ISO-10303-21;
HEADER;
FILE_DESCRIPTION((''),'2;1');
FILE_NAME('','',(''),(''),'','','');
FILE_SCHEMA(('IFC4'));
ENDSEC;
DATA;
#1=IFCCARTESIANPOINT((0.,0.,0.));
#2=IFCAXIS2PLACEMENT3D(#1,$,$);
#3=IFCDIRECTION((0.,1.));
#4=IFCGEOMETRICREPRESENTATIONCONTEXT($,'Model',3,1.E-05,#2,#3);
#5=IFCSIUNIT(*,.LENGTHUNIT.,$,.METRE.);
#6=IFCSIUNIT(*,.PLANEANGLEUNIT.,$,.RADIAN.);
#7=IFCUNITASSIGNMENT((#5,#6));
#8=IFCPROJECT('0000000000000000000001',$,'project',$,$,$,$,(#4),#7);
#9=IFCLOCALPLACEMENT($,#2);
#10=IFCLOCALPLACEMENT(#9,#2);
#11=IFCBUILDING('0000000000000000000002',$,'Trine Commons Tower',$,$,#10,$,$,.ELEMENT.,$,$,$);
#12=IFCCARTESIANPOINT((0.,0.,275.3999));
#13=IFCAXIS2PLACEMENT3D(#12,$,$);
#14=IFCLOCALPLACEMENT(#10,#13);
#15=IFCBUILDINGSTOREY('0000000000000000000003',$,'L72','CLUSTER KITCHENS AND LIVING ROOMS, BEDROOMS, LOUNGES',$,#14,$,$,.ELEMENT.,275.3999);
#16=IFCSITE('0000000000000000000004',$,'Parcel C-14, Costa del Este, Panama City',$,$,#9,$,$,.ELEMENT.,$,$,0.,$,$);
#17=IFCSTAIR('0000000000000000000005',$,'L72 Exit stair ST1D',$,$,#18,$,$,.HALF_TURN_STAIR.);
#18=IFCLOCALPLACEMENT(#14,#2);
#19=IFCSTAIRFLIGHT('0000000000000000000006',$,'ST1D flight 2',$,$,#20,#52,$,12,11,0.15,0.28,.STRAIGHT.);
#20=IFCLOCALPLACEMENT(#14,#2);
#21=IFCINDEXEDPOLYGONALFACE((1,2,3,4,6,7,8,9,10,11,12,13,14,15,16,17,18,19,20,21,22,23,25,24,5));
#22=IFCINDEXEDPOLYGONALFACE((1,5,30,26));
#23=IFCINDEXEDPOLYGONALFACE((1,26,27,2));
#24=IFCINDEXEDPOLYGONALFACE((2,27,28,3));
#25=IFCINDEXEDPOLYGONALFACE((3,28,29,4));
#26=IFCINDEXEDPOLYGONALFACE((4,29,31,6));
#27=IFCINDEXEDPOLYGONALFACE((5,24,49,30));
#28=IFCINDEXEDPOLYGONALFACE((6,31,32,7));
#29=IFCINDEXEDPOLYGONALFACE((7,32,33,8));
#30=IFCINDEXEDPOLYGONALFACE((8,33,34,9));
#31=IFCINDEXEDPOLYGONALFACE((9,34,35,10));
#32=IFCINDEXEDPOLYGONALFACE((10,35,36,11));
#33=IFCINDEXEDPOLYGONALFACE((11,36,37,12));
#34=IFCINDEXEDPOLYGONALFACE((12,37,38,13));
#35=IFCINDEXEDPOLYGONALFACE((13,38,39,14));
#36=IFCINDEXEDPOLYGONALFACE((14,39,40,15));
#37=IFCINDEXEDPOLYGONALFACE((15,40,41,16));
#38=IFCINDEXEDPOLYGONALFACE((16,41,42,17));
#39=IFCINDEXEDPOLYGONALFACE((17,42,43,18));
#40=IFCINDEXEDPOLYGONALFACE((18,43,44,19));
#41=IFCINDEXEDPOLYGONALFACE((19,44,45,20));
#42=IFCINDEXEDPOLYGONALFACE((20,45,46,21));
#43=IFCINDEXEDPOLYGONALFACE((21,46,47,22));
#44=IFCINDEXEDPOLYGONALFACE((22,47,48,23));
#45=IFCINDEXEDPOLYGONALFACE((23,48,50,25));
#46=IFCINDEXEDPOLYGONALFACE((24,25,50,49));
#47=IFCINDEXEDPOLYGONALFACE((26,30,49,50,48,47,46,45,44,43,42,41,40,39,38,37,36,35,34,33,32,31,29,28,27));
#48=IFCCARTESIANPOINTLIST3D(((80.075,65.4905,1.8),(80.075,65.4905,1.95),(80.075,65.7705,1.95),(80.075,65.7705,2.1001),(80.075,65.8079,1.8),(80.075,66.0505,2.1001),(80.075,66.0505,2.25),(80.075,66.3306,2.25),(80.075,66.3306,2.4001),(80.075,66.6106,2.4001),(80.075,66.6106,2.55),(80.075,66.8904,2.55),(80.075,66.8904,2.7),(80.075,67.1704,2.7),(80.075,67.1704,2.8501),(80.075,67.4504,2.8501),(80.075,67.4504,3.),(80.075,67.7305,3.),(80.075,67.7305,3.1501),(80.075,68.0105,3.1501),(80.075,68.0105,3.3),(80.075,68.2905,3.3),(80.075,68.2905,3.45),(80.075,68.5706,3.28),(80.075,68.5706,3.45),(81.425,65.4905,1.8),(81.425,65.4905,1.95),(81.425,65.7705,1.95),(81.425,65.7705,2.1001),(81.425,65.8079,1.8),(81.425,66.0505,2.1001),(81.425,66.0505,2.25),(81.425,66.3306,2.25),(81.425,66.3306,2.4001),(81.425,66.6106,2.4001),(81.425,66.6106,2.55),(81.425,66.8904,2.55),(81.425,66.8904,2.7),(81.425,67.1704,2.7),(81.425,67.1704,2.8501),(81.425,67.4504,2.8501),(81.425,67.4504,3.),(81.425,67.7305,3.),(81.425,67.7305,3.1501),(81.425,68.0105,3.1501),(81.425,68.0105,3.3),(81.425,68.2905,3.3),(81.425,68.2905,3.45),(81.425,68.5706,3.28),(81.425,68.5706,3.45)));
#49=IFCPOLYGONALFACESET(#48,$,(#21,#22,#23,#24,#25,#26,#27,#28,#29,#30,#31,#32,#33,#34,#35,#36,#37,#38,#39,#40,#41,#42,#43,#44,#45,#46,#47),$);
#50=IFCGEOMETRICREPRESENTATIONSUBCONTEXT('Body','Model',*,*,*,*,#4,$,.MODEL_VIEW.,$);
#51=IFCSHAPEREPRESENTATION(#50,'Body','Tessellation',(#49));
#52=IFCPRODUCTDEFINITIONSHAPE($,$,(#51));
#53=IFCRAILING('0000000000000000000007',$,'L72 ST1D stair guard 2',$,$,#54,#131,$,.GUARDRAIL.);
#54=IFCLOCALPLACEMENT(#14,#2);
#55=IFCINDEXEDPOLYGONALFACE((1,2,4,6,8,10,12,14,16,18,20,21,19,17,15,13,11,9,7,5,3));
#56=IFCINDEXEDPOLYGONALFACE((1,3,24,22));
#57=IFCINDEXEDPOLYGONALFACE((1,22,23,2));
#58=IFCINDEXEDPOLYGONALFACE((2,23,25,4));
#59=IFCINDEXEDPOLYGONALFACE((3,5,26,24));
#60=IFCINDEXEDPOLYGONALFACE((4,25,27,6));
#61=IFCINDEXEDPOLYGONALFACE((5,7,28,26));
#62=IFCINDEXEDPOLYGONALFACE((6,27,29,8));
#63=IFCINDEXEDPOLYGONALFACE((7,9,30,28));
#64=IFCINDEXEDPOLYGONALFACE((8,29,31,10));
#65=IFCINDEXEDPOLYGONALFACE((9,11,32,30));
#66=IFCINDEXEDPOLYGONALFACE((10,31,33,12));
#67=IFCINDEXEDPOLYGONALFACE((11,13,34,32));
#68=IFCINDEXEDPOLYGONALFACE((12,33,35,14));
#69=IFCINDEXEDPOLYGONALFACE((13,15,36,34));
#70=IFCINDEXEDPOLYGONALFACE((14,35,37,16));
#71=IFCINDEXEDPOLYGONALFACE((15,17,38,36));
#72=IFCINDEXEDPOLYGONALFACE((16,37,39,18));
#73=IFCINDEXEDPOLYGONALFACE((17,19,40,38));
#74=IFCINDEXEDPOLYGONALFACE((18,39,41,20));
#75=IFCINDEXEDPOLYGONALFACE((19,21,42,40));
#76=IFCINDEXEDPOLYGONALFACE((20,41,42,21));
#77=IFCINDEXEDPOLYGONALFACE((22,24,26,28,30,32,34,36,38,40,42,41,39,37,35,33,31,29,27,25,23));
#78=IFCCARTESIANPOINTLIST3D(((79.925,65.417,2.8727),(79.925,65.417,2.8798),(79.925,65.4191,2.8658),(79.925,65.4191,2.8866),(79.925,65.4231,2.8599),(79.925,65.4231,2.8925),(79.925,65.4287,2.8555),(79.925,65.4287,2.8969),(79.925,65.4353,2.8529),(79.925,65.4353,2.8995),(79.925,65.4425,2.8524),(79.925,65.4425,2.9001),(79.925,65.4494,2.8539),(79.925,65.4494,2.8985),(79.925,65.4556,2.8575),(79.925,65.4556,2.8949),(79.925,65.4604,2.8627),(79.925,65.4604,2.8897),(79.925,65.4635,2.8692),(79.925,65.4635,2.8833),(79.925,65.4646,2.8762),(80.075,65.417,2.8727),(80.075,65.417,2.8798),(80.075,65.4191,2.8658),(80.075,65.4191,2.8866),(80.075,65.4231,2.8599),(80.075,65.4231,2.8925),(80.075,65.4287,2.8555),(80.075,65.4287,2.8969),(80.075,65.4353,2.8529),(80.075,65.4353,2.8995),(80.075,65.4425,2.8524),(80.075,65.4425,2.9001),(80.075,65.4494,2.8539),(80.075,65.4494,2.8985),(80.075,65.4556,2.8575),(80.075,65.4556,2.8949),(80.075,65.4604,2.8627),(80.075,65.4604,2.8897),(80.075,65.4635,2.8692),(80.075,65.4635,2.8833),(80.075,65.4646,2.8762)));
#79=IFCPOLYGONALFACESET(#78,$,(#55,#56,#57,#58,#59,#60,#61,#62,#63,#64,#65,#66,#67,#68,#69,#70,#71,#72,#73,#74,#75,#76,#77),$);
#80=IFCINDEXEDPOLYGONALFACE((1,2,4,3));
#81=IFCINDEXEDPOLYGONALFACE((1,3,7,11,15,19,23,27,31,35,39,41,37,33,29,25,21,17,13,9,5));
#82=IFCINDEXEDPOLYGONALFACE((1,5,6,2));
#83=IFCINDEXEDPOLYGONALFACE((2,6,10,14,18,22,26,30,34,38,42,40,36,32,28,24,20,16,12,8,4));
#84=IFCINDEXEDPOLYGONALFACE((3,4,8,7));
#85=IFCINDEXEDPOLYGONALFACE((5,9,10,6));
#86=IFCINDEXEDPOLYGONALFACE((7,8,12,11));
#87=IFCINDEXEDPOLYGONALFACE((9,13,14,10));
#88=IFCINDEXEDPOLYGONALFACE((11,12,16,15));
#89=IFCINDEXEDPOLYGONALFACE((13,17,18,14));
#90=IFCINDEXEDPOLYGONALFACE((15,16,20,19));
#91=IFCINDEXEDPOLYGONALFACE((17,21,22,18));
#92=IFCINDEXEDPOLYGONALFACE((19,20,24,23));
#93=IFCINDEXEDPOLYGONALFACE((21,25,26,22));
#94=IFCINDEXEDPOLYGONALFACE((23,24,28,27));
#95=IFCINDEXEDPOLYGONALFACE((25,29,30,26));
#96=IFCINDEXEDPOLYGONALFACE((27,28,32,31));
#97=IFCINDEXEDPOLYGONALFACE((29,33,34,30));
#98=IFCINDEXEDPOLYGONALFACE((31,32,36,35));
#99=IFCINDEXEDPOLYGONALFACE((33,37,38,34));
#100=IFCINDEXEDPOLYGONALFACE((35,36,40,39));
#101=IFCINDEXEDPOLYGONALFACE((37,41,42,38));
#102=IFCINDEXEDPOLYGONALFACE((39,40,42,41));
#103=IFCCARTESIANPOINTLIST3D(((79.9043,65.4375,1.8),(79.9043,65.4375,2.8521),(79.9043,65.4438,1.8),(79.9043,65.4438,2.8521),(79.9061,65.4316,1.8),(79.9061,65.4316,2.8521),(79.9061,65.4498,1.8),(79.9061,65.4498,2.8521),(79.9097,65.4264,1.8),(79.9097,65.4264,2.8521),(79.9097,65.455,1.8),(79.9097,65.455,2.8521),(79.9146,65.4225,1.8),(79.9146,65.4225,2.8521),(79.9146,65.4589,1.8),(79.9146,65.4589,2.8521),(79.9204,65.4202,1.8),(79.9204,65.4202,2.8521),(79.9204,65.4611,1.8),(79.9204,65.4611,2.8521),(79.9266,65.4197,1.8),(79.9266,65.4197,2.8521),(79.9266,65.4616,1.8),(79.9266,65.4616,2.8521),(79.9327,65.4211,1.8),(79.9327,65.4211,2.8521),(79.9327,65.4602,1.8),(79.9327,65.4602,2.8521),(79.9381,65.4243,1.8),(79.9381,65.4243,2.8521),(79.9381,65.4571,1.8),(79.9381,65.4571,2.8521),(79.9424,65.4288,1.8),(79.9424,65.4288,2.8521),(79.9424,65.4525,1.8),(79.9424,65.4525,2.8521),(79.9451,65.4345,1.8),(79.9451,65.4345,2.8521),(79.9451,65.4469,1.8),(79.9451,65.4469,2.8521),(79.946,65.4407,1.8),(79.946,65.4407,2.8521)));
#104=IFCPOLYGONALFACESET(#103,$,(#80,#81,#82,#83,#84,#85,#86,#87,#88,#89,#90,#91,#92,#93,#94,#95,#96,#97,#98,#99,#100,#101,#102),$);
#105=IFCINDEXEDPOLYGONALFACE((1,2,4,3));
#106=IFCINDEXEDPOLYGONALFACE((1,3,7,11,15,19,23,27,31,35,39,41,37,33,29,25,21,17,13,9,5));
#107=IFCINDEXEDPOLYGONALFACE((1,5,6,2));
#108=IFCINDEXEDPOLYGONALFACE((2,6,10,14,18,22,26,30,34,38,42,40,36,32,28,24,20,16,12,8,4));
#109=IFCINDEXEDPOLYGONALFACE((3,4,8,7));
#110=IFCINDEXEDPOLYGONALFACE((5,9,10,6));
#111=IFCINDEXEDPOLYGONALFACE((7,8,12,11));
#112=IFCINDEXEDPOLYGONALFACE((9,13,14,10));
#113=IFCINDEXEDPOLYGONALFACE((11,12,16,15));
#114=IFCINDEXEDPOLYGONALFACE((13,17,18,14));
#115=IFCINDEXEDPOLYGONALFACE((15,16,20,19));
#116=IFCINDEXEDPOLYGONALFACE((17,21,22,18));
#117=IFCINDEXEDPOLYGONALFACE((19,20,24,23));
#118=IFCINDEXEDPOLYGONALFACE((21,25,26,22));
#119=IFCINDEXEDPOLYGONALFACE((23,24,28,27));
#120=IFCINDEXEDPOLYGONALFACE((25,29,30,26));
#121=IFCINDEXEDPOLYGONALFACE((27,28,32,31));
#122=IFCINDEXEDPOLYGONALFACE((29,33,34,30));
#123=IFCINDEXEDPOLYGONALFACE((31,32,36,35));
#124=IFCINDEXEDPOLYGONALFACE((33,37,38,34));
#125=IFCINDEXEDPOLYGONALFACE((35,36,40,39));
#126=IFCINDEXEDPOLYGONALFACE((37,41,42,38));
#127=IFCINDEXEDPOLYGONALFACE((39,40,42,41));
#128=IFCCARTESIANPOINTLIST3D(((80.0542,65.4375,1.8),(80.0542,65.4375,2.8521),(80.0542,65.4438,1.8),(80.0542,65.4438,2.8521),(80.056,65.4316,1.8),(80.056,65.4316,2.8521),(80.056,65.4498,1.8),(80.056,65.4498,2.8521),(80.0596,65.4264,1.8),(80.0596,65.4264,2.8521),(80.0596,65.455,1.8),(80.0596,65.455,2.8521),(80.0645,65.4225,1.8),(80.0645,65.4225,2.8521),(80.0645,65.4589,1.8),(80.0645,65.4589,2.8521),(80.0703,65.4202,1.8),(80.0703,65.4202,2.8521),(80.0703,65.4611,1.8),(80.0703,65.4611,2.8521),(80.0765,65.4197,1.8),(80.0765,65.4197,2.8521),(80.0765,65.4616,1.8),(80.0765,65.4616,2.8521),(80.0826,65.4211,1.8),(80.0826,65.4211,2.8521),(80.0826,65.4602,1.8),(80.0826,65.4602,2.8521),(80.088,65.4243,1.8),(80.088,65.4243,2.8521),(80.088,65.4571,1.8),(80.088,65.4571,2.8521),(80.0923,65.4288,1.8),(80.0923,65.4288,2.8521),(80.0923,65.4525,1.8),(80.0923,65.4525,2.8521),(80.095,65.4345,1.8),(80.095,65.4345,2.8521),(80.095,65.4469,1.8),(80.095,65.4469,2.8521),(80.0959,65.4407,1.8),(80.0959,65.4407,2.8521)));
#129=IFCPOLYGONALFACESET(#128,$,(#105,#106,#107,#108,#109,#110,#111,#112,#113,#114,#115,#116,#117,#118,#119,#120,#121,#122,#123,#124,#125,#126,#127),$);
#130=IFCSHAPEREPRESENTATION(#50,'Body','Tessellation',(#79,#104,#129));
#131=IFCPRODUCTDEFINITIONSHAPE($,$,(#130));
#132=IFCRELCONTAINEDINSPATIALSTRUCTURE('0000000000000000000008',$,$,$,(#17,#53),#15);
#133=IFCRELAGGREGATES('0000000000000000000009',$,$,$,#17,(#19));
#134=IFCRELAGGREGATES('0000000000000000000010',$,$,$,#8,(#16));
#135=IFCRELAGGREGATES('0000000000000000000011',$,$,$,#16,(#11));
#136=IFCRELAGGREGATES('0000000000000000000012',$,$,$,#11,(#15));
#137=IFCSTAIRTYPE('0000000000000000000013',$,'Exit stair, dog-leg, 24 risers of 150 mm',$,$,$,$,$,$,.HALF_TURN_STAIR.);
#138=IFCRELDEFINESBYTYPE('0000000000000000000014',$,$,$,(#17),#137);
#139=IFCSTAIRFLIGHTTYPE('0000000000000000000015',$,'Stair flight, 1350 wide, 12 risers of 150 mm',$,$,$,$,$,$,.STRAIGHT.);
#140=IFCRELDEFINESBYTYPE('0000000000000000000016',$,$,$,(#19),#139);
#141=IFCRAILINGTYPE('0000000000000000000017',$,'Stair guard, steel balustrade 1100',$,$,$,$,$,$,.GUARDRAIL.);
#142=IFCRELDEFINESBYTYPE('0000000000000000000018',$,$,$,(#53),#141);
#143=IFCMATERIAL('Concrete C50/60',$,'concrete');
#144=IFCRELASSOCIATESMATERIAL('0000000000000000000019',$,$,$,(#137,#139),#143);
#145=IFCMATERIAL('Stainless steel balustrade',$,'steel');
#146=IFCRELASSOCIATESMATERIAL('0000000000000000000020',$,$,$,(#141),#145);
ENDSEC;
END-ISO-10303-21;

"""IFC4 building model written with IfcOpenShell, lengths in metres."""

from ifc_helpers import new_model, si_unit, direction, frame, origin, origin_2d, place, context, subcontext, project, spatial, polyline, circle, outline, extrude, material, type_object, element, aggregate, save


model = new_model("IFC4")

# Units and contexts
model_context = context("Model", 3, precision=1e-05, world=origin(), true_north=direction((0.0, 1.0)))
body_context = subcontext(model_context, "Body", "Model", "MODEL_VIEW")
ifc_project = project(units=[si_unit("LENGTHUNIT", "METRE"), si_unit("PLANEANGLEUNIT", "RADIAN")], contexts=[model_context])

# Site, building, storey
site_placement = place(None, origin())
site = spatial("IfcSite", under=ifc_project, at=site_placement, Name="Parcel C-14, Costa del Este, Panama City", CompositionType="ELEMENT", RefElevation=0.0)
building_placement = place(site_placement, origin())
building = spatial("IfcBuilding", under=site, at=building_placement, Name="Trine Commons Tower", CompositionType="ELEMENT")
storey_placement = place(building_placement, frame((0.0, 0.0, 275.3999)))
storey = spatial("IfcBuildingStorey", under=building, at=storey_placement, Name="L72", Description="CLUSTER KITCHENS AND LIVING ROOMS, BEDROOMS, LOUNGES", CompositionType="ELEMENT", Elevation=275.3999)

# Shared definitions
ifc_material_1 = material(Name="Concrete C50/60", Category="concrete")

# Stair, stair flight
stair_type = type_object("IfcStairType", Name="Exit stair, dog-leg, 24 risers of 150 mm", PredefinedType="HALF_TURN_STAIR", material=ifc_material_1)
stair_placement = place(storey_placement, origin())
stair = element("IfcStair", 1, at=stair_placement, inside=storey, type_object=stair_type, Name="L72 Exit stair ST1D", PredefinedType="HALF_TURN_STAIR")
stair_flight_type = type_object("IfcStairFlightType", Name="Stair flight, 1350 wide, 12 risers of 150 mm", PredefinedType="STRAIGHT", material=ifc_material_1)
stair_flight_placement = place(storey_placement, frame((80.75, 65.4905, 1.8), z_axis=(0.0, 0.0, 1.0), x_axis=(0.0, 1.0, 0.0)))
stair_flight = element("IfcStairFlight", 2, at=stair_flight_placement, type_object=stair_flight_type, Name="ST1D flight 2", NumberOfRisers=12, NumberOfTreads=11, PredefinedType="STRAIGHT", RiserHeight=0.15, TreadLength=0.28, context=body_context, shape_type="SweptSolid", body=[
    extrude(outline(polyline([(0.0, 0.0), (0.0, 0.1499), (0.28, 0.1499), (0.28, 0.3), (0.5601, 0.3), (0.5601, 0.45), (0.8401, 0.45), (0.8401, 0.6001), (1.1201, 0.6001), (1.1201, 0.75), (1.3999, 0.75), (1.3999, 0.8999), (1.6799, 0.8999), (1.6799, 1.05), (1.96, 1.05), (1.96, 1.2), (2.24, 1.2), (2.24, 1.3501), (2.52, 1.3501), (2.52, 1.5), (2.8, 1.5), (2.8, 1.6499), (3.0801, 1.6499), (3.0801, 1.8), (3.0801, 1.48), (0.3174, 0.0), (0.0, 0.0)])), frame((0.0, 0.675, 0.0), z_axis=(0.0, -1.0, 0.0), x_axis=(1.0, 0.0, 0.0)), (0.0, 0.0, 1.0), 1.3501),
])
aggregate(stair, [stair_flight])

# Railing
ifc_material_2 = material(Name="Stainless steel balustrade", Category="steel")
railing_type_1 = type_object("IfcRailingType", Name="Stair guard, steel balustrade 1100", PredefinedType="GUARDRAIL", material=ifc_material_2)
railing_1_placement = place(storey_placement, frame((79.925, 65.4407, 1.8)))
element("IfcRailing", 3, at=railing_1_placement, inside=storey, type_object=railing_type_1, Name="L72 ST1D stair guard 2", PredefinedType="GUARDRAIL", context=body_context, shape_type="SweptSolid", body=[
    extrude(circle(Radius=0.0239, at=origin_2d()), frame((0.0, 0.0, 1.0762), z_axis=(1.0, 0.0, 0.0), x_axis=(0.0, 1.0, 0.0)), (0.0, 0.0, 1.0), 0.1499),
    extrude(circle(Radius=0.021, at=origin_2d()), origin(), (0.0, 0.0, 1.0), 1.052),
    extrude(circle(Radius=0.021, at=origin_2d()), frame((0.1499, 0.0, 0.0)), (0.0, 0.0, 1.0), 1.052),
])

save(model, "model.ifc")
